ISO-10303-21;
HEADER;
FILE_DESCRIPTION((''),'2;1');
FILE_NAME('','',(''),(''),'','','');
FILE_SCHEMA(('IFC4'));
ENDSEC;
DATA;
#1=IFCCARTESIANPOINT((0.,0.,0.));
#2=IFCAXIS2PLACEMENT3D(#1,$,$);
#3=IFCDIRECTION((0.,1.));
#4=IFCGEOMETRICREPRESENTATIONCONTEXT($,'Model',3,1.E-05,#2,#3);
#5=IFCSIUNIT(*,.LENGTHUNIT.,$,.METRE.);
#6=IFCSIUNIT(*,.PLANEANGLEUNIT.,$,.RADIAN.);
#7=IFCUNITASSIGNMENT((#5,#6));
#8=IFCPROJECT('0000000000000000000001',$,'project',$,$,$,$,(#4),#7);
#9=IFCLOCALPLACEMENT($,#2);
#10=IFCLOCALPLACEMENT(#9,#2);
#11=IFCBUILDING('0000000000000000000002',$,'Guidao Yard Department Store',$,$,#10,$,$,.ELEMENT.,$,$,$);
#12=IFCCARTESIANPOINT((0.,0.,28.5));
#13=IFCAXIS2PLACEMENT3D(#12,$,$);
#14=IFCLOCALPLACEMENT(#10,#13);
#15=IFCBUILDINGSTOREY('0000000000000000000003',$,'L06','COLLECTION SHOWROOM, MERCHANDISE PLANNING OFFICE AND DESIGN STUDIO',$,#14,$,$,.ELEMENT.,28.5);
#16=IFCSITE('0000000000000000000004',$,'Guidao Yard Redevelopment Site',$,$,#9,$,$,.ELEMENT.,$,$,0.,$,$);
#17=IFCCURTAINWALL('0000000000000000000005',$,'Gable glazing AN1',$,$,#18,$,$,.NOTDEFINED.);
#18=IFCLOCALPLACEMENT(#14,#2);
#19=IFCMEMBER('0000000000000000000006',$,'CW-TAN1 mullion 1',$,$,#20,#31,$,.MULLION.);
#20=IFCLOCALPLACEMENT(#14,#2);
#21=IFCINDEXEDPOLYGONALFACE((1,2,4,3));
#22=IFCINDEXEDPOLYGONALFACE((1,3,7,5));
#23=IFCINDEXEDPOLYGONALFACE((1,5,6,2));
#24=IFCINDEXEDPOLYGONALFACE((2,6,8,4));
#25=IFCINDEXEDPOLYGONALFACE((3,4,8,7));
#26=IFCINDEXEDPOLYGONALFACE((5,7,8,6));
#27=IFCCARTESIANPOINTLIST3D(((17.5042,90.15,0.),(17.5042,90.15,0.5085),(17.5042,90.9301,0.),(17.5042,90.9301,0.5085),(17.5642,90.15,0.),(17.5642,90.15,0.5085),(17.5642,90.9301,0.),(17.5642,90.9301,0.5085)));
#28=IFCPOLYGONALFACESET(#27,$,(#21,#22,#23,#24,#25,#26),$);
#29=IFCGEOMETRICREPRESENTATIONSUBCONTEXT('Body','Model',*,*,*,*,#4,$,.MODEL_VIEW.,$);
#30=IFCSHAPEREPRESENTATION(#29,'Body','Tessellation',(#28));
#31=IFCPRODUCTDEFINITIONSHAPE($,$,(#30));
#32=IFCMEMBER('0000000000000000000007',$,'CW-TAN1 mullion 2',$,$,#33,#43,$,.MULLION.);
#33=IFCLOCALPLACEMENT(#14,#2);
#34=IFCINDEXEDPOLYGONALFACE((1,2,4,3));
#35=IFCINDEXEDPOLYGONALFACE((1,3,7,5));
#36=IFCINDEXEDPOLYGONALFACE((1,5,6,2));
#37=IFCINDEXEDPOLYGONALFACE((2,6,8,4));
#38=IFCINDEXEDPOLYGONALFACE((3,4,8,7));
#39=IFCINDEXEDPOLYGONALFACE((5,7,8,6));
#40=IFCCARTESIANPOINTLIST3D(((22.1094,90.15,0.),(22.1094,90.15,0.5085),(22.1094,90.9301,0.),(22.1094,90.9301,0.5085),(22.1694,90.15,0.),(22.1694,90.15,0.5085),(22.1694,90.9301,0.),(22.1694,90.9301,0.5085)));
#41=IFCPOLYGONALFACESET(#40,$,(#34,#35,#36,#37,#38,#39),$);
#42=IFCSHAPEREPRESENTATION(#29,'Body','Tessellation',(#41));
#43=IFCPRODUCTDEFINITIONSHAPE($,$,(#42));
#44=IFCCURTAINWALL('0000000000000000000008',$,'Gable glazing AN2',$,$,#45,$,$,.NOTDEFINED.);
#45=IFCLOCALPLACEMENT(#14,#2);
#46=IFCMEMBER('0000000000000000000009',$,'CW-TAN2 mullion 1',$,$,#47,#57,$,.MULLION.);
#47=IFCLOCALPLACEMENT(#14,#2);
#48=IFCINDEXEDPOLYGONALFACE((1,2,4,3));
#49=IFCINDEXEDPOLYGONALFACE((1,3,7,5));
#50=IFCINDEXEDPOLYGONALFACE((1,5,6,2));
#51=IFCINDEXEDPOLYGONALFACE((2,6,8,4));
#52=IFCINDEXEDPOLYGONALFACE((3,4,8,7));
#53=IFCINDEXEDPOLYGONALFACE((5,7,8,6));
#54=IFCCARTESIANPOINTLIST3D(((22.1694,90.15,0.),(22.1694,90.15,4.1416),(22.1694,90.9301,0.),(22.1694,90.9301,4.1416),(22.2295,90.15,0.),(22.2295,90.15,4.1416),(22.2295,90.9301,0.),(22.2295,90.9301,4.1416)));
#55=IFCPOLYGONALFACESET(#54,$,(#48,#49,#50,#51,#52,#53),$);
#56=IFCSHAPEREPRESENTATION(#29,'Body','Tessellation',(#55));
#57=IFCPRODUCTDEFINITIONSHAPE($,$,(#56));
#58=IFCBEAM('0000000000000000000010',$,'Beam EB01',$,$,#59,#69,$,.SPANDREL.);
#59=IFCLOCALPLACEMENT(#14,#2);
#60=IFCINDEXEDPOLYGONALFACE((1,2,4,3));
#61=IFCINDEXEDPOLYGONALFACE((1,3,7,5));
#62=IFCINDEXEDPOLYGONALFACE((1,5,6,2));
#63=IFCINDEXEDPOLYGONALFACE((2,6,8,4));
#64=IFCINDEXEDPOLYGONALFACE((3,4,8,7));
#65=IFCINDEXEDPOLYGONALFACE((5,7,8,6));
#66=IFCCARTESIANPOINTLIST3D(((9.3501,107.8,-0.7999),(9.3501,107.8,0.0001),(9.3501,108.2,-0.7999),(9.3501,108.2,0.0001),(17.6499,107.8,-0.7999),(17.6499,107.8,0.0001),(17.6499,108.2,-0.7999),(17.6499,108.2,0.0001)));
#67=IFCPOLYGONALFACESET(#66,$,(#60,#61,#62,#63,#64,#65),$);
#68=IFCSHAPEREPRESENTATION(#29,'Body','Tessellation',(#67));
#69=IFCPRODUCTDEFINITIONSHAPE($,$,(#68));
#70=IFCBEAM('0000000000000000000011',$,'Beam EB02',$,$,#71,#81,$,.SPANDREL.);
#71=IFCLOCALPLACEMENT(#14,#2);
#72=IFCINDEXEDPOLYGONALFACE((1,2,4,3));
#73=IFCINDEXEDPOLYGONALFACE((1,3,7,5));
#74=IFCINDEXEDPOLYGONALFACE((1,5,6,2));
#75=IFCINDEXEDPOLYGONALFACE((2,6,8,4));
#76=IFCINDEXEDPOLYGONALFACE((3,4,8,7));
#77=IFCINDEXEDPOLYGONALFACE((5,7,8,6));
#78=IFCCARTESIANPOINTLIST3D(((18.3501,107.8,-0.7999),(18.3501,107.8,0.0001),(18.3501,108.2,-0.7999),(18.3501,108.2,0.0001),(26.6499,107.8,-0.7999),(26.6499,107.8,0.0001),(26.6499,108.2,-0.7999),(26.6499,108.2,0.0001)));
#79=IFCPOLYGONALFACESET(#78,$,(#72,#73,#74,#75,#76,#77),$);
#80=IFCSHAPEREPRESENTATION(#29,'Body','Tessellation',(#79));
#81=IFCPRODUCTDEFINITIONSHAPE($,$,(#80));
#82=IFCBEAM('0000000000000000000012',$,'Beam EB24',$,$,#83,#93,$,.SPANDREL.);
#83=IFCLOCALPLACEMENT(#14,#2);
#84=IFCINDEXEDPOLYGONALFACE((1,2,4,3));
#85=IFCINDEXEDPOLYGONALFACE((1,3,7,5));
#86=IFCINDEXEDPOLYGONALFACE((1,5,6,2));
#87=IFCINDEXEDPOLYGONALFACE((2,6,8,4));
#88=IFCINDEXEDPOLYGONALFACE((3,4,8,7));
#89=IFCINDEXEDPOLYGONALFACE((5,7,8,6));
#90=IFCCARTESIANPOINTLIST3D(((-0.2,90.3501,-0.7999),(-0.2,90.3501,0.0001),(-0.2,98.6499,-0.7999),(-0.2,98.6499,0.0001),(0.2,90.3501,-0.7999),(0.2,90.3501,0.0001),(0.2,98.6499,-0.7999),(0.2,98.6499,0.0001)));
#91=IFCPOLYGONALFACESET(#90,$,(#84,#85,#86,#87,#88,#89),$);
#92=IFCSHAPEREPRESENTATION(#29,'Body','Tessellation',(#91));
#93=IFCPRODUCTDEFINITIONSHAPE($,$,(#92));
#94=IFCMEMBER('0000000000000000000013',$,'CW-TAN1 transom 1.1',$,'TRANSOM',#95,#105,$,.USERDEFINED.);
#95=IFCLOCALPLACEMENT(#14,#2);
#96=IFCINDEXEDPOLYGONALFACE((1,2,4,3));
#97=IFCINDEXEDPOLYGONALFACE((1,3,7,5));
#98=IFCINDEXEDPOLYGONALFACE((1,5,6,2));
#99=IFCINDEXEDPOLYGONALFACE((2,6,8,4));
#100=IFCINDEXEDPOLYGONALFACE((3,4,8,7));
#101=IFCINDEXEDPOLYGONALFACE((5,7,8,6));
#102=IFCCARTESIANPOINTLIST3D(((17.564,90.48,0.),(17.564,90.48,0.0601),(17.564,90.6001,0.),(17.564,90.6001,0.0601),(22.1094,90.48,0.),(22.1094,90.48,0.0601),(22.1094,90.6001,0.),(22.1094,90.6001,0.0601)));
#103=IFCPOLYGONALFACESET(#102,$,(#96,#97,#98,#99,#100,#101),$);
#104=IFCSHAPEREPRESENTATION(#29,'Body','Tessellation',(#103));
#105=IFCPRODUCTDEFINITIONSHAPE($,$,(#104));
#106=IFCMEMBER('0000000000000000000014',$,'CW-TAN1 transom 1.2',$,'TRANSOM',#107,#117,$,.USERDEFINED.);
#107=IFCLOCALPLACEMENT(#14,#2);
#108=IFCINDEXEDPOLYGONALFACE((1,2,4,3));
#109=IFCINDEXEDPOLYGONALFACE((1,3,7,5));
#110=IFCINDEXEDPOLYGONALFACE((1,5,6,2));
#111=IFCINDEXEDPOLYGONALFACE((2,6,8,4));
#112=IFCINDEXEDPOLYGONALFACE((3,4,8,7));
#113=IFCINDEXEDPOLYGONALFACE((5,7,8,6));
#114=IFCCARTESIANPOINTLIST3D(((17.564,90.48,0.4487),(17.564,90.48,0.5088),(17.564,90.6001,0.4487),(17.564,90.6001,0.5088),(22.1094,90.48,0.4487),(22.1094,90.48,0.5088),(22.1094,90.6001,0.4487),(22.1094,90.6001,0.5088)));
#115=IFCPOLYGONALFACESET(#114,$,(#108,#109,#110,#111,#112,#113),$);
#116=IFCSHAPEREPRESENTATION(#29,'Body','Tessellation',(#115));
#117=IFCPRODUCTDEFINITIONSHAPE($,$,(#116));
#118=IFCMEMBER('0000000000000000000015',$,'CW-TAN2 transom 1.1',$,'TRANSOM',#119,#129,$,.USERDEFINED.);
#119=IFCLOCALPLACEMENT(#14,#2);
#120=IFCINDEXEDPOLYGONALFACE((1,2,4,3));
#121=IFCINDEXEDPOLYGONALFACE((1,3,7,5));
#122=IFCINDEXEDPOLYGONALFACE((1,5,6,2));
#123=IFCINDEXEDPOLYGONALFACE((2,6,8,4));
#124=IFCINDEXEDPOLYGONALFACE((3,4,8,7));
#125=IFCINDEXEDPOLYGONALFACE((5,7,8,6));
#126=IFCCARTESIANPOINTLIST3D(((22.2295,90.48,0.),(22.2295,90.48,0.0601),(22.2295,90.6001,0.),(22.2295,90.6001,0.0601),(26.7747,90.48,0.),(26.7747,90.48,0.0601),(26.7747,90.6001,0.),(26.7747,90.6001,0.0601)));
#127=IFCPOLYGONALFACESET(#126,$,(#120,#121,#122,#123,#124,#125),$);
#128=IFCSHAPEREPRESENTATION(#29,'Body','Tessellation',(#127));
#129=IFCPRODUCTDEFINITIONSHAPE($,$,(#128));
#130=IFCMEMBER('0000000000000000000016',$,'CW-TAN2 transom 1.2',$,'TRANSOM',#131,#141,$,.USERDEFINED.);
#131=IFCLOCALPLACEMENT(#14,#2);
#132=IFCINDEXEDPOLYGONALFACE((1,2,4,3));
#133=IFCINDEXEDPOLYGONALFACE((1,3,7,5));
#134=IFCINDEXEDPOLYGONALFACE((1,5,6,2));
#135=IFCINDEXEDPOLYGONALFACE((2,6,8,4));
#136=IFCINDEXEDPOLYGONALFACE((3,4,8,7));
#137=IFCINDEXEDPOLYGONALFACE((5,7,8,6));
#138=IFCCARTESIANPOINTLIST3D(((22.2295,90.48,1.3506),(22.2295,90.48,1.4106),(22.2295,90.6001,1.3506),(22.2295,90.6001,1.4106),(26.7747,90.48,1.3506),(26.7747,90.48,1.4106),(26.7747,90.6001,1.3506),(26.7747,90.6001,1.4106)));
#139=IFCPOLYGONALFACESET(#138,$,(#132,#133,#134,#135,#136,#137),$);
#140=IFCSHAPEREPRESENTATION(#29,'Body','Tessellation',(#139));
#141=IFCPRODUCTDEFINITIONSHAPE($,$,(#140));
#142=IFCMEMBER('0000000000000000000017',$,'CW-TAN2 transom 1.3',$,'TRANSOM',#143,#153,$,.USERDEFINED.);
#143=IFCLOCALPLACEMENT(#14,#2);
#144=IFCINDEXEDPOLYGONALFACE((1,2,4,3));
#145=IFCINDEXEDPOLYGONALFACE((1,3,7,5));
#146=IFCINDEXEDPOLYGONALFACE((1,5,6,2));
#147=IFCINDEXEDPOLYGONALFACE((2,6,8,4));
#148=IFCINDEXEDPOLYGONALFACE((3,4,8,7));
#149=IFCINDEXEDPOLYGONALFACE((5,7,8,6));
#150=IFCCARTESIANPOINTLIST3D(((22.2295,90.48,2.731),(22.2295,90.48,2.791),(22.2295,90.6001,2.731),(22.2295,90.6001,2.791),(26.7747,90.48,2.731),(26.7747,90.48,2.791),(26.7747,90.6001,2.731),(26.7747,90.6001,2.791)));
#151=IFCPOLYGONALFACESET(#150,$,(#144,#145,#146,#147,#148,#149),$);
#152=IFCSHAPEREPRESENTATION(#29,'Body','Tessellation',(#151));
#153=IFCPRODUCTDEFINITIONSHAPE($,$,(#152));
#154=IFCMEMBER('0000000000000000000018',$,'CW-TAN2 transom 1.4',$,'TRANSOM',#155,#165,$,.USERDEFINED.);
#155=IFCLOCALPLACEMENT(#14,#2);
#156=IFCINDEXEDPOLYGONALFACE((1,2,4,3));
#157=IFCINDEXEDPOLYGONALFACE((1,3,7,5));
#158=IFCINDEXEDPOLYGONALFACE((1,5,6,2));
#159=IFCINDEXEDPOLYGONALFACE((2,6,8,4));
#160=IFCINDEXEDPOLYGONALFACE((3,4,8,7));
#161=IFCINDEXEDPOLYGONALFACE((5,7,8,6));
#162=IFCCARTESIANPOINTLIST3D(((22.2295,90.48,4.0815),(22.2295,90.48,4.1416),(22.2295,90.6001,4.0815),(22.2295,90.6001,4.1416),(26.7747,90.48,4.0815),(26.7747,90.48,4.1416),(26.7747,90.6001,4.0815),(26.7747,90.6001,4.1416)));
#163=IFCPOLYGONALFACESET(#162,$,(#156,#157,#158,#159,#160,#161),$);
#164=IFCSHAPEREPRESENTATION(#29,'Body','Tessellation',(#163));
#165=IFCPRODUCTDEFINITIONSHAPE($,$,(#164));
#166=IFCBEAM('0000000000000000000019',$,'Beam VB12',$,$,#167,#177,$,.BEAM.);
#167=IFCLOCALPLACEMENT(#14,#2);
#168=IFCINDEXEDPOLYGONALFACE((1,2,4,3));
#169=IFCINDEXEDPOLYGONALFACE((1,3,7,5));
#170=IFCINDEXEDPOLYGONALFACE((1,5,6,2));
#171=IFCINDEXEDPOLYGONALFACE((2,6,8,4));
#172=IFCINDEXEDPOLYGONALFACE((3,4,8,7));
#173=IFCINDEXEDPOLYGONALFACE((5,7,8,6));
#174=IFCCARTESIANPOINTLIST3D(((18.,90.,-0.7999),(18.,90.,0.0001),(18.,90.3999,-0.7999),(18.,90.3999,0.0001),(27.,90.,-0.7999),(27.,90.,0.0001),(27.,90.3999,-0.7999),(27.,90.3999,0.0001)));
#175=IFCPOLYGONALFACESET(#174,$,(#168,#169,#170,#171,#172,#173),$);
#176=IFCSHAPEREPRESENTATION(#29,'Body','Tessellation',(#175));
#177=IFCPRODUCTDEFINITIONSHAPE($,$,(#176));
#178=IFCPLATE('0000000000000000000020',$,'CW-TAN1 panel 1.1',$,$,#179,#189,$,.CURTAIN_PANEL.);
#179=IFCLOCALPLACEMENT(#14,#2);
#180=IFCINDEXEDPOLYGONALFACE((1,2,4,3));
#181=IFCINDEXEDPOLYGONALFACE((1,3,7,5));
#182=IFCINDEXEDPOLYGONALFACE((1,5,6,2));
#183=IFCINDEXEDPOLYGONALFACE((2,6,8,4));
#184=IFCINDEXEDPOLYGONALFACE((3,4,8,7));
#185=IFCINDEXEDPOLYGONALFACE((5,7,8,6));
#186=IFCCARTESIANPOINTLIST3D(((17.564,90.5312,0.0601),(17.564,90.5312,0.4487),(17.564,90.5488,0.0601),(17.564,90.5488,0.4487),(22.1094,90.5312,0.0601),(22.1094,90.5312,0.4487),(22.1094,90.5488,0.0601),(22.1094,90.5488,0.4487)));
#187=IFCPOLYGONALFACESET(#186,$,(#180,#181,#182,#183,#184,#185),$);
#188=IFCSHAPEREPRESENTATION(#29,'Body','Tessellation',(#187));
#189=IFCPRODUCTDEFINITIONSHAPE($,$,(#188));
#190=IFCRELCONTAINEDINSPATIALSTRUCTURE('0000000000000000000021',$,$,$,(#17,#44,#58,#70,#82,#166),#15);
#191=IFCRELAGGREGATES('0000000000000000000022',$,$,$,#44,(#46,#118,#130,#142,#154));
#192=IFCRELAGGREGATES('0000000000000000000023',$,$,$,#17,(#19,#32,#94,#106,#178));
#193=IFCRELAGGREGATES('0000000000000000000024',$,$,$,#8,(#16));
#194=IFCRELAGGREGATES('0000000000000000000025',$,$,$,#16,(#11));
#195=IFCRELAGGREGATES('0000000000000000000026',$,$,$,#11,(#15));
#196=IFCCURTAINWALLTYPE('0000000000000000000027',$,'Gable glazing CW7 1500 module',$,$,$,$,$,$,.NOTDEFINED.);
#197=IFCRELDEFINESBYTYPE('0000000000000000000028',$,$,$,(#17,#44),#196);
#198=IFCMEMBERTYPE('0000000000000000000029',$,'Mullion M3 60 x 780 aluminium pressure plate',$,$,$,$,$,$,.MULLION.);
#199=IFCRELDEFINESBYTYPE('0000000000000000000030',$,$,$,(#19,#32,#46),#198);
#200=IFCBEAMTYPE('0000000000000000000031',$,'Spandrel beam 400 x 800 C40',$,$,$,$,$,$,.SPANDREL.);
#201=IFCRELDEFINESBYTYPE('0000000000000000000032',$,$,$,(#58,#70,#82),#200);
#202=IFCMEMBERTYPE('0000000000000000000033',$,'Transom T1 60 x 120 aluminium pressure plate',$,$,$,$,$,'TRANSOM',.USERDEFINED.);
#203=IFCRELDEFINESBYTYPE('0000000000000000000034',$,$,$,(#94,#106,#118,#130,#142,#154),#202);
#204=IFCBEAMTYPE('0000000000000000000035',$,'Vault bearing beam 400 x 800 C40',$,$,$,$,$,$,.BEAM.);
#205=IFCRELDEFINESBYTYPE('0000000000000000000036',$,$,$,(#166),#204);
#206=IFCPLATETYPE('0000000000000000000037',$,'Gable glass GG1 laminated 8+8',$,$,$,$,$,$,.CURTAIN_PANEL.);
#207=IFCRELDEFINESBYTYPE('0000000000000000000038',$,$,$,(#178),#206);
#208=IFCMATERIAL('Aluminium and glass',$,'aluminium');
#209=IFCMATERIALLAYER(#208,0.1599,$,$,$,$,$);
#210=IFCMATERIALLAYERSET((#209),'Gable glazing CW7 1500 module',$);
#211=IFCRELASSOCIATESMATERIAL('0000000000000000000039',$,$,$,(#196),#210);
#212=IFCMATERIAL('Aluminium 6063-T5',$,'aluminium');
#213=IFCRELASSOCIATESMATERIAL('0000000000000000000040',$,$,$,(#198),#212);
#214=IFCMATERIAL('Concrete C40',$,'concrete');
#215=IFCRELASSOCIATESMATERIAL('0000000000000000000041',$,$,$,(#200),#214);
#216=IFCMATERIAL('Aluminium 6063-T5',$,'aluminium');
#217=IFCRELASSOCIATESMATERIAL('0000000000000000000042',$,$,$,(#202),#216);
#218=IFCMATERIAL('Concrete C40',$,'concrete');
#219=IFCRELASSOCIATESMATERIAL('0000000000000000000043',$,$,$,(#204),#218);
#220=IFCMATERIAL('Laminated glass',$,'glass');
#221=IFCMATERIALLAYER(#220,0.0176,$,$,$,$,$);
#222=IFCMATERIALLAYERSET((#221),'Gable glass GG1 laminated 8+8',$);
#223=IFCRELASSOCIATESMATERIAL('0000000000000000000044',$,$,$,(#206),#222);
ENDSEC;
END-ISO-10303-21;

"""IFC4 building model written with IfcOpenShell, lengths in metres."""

from ifc_helpers import new_model, si_unit, direction, frame, origin, origin_2d, place, context, subcontext, project, spatial, rectangle, extrude, material, layer, layer_set, material_profile, profile_set, type_object, element, aggregate, save


model = new_model("IFC4")

# Units and contexts
model_context = context("Model", 3, precision=1e-05, world=origin(), true_north=direction((0.0, 1.0)))
body_context = subcontext(model_context, "Body", "Model", "MODEL_VIEW")
ifc_project = project(units=[si_unit("LENGTHUNIT", "METRE"), si_unit("PLANEANGLEUNIT", "RADIAN")], contexts=[model_context])

# Site, building, storey
site_placement = place(None, origin())
site = spatial("IfcSite", under=ifc_project, at=site_placement, Name="Guidao Yard Redevelopment Site", CompositionType="ELEMENT", RefElevation=0.0)
building_placement = place(site_placement, origin())
building = spatial("IfcBuilding", under=site, at=building_placement, Name="Guidao Yard Department Store", CompositionType="ELEMENT")
storey_placement = place(building_placement, frame((0.0, 0.0, 28.5)))
storey = spatial("IfcBuildingStorey", under=building, at=storey_placement, Name="L06", Description="COLLECTION SHOWROOM, MERCHANDISE PLANNING OFFICE AND DESIGN STUDIO", CompositionType="ELEMENT", Elevation=28.5)

# Curtain wall, members
ifc_material_1 = material(Name="Aluminium and glass", Category="aluminium")
ifc_layer_1 = layer(ifc_material_1, 0.1599)
ifc_layer_set_1 = layer_set([ifc_layer_1], Name="Gable glazing CW7 1500 module")
curtain_wall_type = type_object("IfcCurtainWallType", Name="Gable glazing CW7 1500 module", PredefinedType="NOTDEFINED", material=ifc_layer_set_1)
curtain_wall_1_placement = place(storey_placement, origin())
curtain_wall_1 = element("IfcCurtainWall", 1, at=curtain_wall_1_placement, inside=storey, type_object=curtain_wall_type, Name="Gable glazing AN1", PredefinedType="NOTDEFINED")
ifc_material_2 = material(Name="Aluminium 6063-T5", Category="aluminium")
ifc_material_profile_1 = material_profile(ifc_material_2, rectangle(XDim=0.0601, YDim=0.78, at=origin_2d()), Name="Mullion M3 60 x 780 aluminium pressure plate")
ifc_profile_set_1 = profile_set([ifc_material_profile_1], Name="Aluminium 6063-T5")
member_type_1 = type_object("IfcMemberType", Name="Mullion M3 60 x 780 aluminium pressure plate", PredefinedType="MULLION", material=ifc_profile_set_1)
member_1_placement = place(storey_placement, frame((17.5342, 90.54, 0.0), z_axis=(0.0, 0.0, 1.0), x_axis=(1.0, 0.0, 0.0)))
member_1 = element("IfcMember", 2, at=member_1_placement, type_object=member_type_1, Name="CW-TAN1 mullion 1", PredefinedType="MULLION", context=body_context, shape_type="SweptSolid", body=[
    extrude(rectangle(XDim=0.0601, YDim=0.78, at=origin_2d()), origin(), (0.0, 0.0, 1.0), 0.5085),
])
member_2_placement = place(storey_placement, frame((22.1394, 90.54, 0.0), z_axis=(0.0, 0.0, 1.0), x_axis=(1.0, 0.0, 0.0)))
member_2 = element("IfcMember", 3, at=member_2_placement, type_object=member_type_1, Name="CW-TAN1 mullion 2", PredefinedType="MULLION", context=body_context, shape_type="SweptSolid", body=[
    extrude(rectangle(XDim=0.0601, YDim=0.78, at=origin_2d()), origin(), (0.0, 0.0, 1.0), 0.5085),
])

# Curtain wall, member
curtain_wall_2_placement = place(storey_placement, origin())
curtain_wall_2 = element("IfcCurtainWall", 4, at=curtain_wall_2_placement, inside=storey, type_object=curtain_wall_type, Name="Gable glazing AN2", PredefinedType="NOTDEFINED")
member_3_placement = place(storey_placement, frame((22.1995, 90.54, 0.0), z_axis=(0.0, 0.0, 1.0), x_axis=(1.0, 0.0, 0.0)))
member_3 = element("IfcMember", 5, at=member_3_placement, type_object=member_type_1, Name="CW-TAN2 mullion 1", PredefinedType="MULLION", context=body_context, shape_type="SweptSolid", body=[
    extrude(rectangle(XDim=0.0601, YDim=0.78, at=origin_2d()), origin(), (0.0, 0.0, 1.0), 4.1416),
])

# Beams
ifc_material_3 = material(Name="Concrete C40", Category="concrete")
ifc_material_profile_2 = material_profile(ifc_material_3, rectangle(XDim=0.3999, YDim=0.8, at=origin_2d()), Name="Spandrel beam 400 x 800 C40")
ifc_profile_set_2 = profile_set([ifc_material_profile_2], Name="Concrete C40")
beam_type_1 = type_object("IfcBeamType", Name="Spandrel beam 400 x 800 C40", PredefinedType="SPANDREL", material=ifc_profile_set_2)
for number, where, z_axis, x_axis, name in (
    (6, (9.3501, 108.0, -0.3999), (1.0, 0.0, 0.0), (0.0, 1.0, 0.0), "Beam EB01"),
    (7, (18.3501, 108.0, -0.3999), (1.0, 0.0, 0.0), (0.0, 1.0, 0.0), "Beam EB02"),
    (8, (0.0, 90.3501, -0.3999), (0.0, 1.0, 0.0), (-1.0, 0.0, 0.0), "Beam EB24"),
):
    element("IfcBeam", number, at=place(storey_placement, frame(where, z_axis=z_axis, x_axis=x_axis)), inside=storey, type_object=beam_type_1, Name=name, PredefinedType="SPANDREL", context=body_context, shape_type="SweptSolid", body=[
        extrude(rectangle(XDim=0.3999, YDim=0.8, at=origin_2d()), origin(), (0.0, 0.0, 1.0), 8.2998),
    ])

# Members
ifc_material_4 = material(Name="Aluminium 6063-T5", Category="aluminium")
ifc_material_profile_3 = material_profile(ifc_material_4, rectangle(XDim=0.1201, YDim=0.0601, at=origin_2d()), Name="Transom T1 60 x 120 aluminium pressure plate")
ifc_profile_set_3 = profile_set([ifc_material_profile_3], Name="Aluminium 6063-T5")
member_type_2 = type_object("IfcMemberType", Name="Transom T1 60 x 120 aluminium pressure plate", ElementType="TRANSOM", PredefinedType="USERDEFINED", material=ifc_profile_set_3)
member_4_placement = place(storey_placement, frame((17.564, 90.54, 0.03), z_axis=(1.0, 0.0, 0.0), x_axis=(0.0, 1.0, 0.0)))
member_4 = element("IfcMember", 9, at=member_4_placement, type_object=member_type_2, Name="CW-TAN1 transom 1.1", ObjectType="TRANSOM", PredefinedType="USERDEFINED", context=body_context, shape_type="SweptSolid", body=[
    extrude(rectangle(XDim=0.1201, YDim=0.0601, at=origin_2d()), origin(), (0.0, 0.0, 1.0), 4.5454),
])
member_5_placement = place(storey_placement, frame((17.564, 90.54, 0.4788), z_axis=(1.0, 0.0, 0.0), x_axis=(0.0, 1.0, 0.0)))
member_5 = element("IfcMember", 10, at=member_5_placement, type_object=member_type_2, Name="CW-TAN1 transom 1.2", ObjectType="TRANSOM", PredefinedType="USERDEFINED", context=body_context, shape_type="SweptSolid", body=[
    extrude(rectangle(XDim=0.1201, YDim=0.0601, at=origin_2d()), origin(), (0.0, 0.0, 1.0), 4.5454),
])
member_6_placement = place(storey_placement, frame((22.2295, 90.54, 0.03), z_axis=(1.0, 0.0, 0.0), x_axis=(0.0, 1.0, 0.0)))
member_6 = element("IfcMember", 11, at=member_6_placement, type_object=member_type_2, Name="CW-TAN2 transom 1.1", ObjectType="TRANSOM", PredefinedType="USERDEFINED", context=body_context, shape_type="SweptSolid", body=[
    extrude(rectangle(XDim=0.1201, YDim=0.0601, at=origin_2d()), origin(), (0.0, 0.0, 1.0), 4.5452),
])
member_7_placement = place(storey_placement, frame((22.2295, 90.54, 1.3806), z_axis=(1.0, 0.0, 0.0), x_axis=(0.0, 1.0, 0.0)))
member_7 = element("IfcMember", 12, at=member_7_placement, type_object=member_type_2, Name="CW-TAN2 transom 1.2", ObjectType="TRANSOM", PredefinedType="USERDEFINED", context=body_context, shape_type="SweptSolid", body=[
    extrude(rectangle(XDim=0.1201, YDim=0.0601, at=origin_2d()), origin(), (0.0, 0.0, 1.0), 4.5452),
])
member_8_placement = place(storey_placement, frame((22.2295, 90.54, 2.761), z_axis=(1.0, 0.0, 0.0), x_axis=(0.0, 1.0, 0.0)))
member_8 = element("IfcMember", 13, at=member_8_placement, type_object=member_type_2, Name="CW-TAN2 transom 1.3", ObjectType="TRANSOM", PredefinedType="USERDEFINED", context=body_context, shape_type="SweptSolid", body=[
    extrude(rectangle(XDim=0.1201, YDim=0.0601, at=origin_2d()), origin(), (0.0, 0.0, 1.0), 4.5452),
])
member_9_placement = place(storey_placement, frame((22.2295, 90.54, 4.1116), z_axis=(1.0, 0.0, 0.0), x_axis=(0.0, 1.0, 0.0)))
member_9 = element("IfcMember", 14, at=member_9_placement, type_object=member_type_2, Name="CW-TAN2 transom 1.4", ObjectType="TRANSOM", PredefinedType="USERDEFINED", context=body_context, shape_type="SweptSolid", body=[
    extrude(rectangle(XDim=0.1201, YDim=0.0601, at=origin_2d()), origin(), (0.0, 0.0, 1.0), 4.5452),
])
aggregate(curtain_wall_2, [member_3, member_6, member_7, member_8, member_9])

# Beam
ifc_material_5 = material(Name="Concrete C40", Category="concrete")
ifc_material_profile_4 = material_profile(ifc_material_5, rectangle(XDim=0.3999, YDim=0.8, at=origin_2d()), Name="Vault bearing beam 400 x 800 C40")
ifc_profile_set_4 = profile_set([ifc_material_profile_4], Name="Concrete C40")
beam_type_2 = type_object("IfcBeamType", Name="Vault bearing beam 400 x 800 C40", PredefinedType="BEAM", material=ifc_profile_set_4)
beam_placement = place(storey_placement, frame((18.0, 90.2, -0.3999), z_axis=(1.0, 0.0, 0.0), x_axis=(0.0, 1.0, 0.0)))
element("IfcBeam", 15, at=beam_placement, inside=storey, type_object=beam_type_2, Name="Beam VB12", PredefinedType="BEAM", context=body_context, shape_type="SweptSolid", body=[
    extrude(rectangle(XDim=0.3999, YDim=0.8, at=origin_2d()), origin(), (0.0, 0.0, 1.0), 9.0),
])

# Plate
ifc_material_6 = material(Name="Laminated glass", Category="glass")
ifc_layer_2 = layer(ifc_material_6, 0.0176)
ifc_layer_set_2 = layer_set([ifc_layer_2], Name="Gable glass GG1 laminated 8+8")
plate_type = type_object("IfcPlateType", Name="Gable glass GG1 laminated 8+8", PredefinedType="CURTAIN_PANEL", material=ifc_layer_set_2)
plate_placement = place(storey_placement, frame((19.8367, 90.54, 0.0601), z_axis=(0.0, 0.0, 1.0), x_axis=(1.0, 0.0, 0.0)))
plate = element("IfcPlate", 16, at=plate_placement, type_object=plate_type, Name="CW-TAN1 panel 1.1", PredefinedType="CURTAIN_PANEL", context=body_context, shape_type="SweptSolid", body=[
    extrude(rectangle(XDim=4.5454, YDim=0.0176, at=origin_2d()), origin(), (0.0, 0.0, 1.0), 0.3887),
])
aggregate(curtain_wall_1, [member_1, member_2, member_4, member_5, plate])

save(model, "model.ifc")
